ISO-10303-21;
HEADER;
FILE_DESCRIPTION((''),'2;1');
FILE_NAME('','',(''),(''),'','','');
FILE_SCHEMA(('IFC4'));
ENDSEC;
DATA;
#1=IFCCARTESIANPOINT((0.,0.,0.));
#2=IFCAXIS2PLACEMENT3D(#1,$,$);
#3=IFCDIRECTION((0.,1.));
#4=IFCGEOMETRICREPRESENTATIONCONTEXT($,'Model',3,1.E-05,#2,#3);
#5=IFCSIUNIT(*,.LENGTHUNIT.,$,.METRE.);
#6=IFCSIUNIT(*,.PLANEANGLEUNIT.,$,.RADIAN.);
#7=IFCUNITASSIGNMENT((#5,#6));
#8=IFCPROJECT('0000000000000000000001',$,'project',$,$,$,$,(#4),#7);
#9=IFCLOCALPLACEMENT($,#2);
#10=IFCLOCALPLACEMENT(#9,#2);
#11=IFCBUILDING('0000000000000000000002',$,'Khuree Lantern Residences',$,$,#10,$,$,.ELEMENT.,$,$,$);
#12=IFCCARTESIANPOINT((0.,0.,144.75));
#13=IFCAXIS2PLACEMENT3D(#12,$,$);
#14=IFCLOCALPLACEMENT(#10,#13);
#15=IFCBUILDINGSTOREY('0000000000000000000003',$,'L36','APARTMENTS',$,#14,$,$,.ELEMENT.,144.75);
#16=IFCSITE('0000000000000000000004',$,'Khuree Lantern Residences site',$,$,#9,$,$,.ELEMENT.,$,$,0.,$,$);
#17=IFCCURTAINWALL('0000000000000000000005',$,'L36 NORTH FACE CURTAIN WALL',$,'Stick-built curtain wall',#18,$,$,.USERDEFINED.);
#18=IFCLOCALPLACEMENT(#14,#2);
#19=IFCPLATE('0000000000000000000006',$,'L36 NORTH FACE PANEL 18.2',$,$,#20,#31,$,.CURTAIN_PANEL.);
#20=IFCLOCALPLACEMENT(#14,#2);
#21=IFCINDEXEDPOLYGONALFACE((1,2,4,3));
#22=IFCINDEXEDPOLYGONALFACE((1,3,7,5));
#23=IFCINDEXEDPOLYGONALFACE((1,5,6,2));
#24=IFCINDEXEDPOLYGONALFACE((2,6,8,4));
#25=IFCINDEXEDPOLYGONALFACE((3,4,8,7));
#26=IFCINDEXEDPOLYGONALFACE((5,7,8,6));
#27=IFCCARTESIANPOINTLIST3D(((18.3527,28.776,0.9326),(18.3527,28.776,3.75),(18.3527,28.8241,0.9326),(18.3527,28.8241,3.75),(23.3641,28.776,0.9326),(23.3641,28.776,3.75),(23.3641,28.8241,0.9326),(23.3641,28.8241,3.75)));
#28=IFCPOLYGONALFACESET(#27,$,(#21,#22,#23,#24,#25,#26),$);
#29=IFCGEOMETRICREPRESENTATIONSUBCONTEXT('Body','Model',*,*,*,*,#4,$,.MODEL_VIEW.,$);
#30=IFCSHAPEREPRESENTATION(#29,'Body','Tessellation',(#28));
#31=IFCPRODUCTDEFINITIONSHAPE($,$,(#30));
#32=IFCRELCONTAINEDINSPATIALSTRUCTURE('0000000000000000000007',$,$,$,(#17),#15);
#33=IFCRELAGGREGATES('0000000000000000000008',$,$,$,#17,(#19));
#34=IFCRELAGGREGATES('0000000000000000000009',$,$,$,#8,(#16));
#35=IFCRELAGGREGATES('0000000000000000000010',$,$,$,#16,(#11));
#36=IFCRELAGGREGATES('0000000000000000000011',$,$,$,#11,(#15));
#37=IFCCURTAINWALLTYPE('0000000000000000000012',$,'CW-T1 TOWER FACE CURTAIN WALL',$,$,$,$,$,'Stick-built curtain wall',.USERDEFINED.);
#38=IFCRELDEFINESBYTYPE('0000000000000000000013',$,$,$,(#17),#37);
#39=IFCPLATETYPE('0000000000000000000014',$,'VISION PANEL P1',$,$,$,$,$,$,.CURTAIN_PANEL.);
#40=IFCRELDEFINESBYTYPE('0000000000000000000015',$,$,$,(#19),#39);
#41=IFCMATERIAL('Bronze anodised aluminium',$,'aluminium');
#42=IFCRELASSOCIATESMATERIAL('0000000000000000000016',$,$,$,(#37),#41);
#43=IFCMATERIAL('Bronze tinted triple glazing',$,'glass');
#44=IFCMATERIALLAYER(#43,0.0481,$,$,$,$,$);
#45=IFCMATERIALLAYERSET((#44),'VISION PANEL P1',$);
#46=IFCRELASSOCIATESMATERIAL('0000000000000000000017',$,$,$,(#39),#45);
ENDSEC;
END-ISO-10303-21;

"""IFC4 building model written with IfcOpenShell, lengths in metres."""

from ifc_helpers import new_model, si_unit, direction, frame, origin, origin_2d, place, context, subcontext, project, spatial, rectangle, extrude, material, layer, layer_set, type_object, element, aggregate, save


model = new_model("IFC4")

# Units and contexts
model_context = context("Model", 3, precision=1e-05, world=origin(), true_north=direction((0.0, 1.0)))
body_context = subcontext(model_context, "Body", "Model", "MODEL_VIEW")
ifc_project = project(units=[si_unit("LENGTHUNIT", "METRE"), si_unit("PLANEANGLEUNIT", "RADIAN")], contexts=[model_context])

# Site, building, storey
site_placement = place(None, origin())
site = spatial("IfcSite", under=ifc_project, at=site_placement, Name="Khuree Lantern Residences site", CompositionType="ELEMENT", RefElevation=0.0)
building_placement = place(site_placement, origin())
building = spatial("IfcBuilding", under=site, at=building_placement, Name="Khuree Lantern Residences", CompositionType="ELEMENT")
storey_placement = place(building_placement, frame((0.0, 0.0, 144.75)))
storey = spatial("IfcBuildingStorey", under=building, at=storey_placement, Name="L36", Description="APARTMENTS", CompositionType="ELEMENT", Elevation=144.75)

# Curtain wall
ifc_material_1 = material(Name="Bronze anodised aluminium", Category="aluminium")
curtain_wall_type_1 = type_object("IfcCurtainWallType", Name="CW-T1 TOWER FACE CURTAIN WALL", ElementType="Stick-built curtain wall", PredefinedType="USERDEFINED", material=ifc_material_1)
curtain_wall_1_placement = place(storey_placement, origin())
curtain_wall_1 = element("IfcCurtainWall", 1, at=curtain_wall_1_placement, inside=storey, type_object=curtain_wall_type_1, Name="L36 NORTH FACE CURTAIN WALL", ObjectType="Stick-built curtain wall", PredefinedType="USERDEFINED")

# Plate
ifc_material_2 = material(Name="Bronze tinted triple glazing", Category="glass")
ifc_layer_1 = layer(ifc_material_2, 0.0481)
ifc_layer_set_1 = layer_set([ifc_layer_1], Name="VISION PANEL P1")
plate_type_1 = type_object("IfcPlateType", Name="VISION PANEL P1", PredefinedType="CURTAIN_PANEL", material=ifc_layer_set_1)
plate_1_placement = place(storey_placement, frame((20.8584, 28.8, 0.9326), z_axis=(0.0, 0.0, 1.0), x_axis=(-1.0, 0.0, 0.0)))
plate_1 = element("IfcPlate", 2, at=plate_1_placement, type_object=plate_type_1, Name="L36 NORTH FACE PANEL 18.2", PredefinedType="CURTAIN_PANEL", context=body_context, shape_type="SweptSolid", body=[
    extrude(rectangle(XDim=5.0115, YDim=0.0481, at=origin_2d()), origin(), (0.0, 0.0, 1.0), 2.8174),
])
aggregate(curtain_wall_1, [plate_1])

save(model, "model.ifc")
